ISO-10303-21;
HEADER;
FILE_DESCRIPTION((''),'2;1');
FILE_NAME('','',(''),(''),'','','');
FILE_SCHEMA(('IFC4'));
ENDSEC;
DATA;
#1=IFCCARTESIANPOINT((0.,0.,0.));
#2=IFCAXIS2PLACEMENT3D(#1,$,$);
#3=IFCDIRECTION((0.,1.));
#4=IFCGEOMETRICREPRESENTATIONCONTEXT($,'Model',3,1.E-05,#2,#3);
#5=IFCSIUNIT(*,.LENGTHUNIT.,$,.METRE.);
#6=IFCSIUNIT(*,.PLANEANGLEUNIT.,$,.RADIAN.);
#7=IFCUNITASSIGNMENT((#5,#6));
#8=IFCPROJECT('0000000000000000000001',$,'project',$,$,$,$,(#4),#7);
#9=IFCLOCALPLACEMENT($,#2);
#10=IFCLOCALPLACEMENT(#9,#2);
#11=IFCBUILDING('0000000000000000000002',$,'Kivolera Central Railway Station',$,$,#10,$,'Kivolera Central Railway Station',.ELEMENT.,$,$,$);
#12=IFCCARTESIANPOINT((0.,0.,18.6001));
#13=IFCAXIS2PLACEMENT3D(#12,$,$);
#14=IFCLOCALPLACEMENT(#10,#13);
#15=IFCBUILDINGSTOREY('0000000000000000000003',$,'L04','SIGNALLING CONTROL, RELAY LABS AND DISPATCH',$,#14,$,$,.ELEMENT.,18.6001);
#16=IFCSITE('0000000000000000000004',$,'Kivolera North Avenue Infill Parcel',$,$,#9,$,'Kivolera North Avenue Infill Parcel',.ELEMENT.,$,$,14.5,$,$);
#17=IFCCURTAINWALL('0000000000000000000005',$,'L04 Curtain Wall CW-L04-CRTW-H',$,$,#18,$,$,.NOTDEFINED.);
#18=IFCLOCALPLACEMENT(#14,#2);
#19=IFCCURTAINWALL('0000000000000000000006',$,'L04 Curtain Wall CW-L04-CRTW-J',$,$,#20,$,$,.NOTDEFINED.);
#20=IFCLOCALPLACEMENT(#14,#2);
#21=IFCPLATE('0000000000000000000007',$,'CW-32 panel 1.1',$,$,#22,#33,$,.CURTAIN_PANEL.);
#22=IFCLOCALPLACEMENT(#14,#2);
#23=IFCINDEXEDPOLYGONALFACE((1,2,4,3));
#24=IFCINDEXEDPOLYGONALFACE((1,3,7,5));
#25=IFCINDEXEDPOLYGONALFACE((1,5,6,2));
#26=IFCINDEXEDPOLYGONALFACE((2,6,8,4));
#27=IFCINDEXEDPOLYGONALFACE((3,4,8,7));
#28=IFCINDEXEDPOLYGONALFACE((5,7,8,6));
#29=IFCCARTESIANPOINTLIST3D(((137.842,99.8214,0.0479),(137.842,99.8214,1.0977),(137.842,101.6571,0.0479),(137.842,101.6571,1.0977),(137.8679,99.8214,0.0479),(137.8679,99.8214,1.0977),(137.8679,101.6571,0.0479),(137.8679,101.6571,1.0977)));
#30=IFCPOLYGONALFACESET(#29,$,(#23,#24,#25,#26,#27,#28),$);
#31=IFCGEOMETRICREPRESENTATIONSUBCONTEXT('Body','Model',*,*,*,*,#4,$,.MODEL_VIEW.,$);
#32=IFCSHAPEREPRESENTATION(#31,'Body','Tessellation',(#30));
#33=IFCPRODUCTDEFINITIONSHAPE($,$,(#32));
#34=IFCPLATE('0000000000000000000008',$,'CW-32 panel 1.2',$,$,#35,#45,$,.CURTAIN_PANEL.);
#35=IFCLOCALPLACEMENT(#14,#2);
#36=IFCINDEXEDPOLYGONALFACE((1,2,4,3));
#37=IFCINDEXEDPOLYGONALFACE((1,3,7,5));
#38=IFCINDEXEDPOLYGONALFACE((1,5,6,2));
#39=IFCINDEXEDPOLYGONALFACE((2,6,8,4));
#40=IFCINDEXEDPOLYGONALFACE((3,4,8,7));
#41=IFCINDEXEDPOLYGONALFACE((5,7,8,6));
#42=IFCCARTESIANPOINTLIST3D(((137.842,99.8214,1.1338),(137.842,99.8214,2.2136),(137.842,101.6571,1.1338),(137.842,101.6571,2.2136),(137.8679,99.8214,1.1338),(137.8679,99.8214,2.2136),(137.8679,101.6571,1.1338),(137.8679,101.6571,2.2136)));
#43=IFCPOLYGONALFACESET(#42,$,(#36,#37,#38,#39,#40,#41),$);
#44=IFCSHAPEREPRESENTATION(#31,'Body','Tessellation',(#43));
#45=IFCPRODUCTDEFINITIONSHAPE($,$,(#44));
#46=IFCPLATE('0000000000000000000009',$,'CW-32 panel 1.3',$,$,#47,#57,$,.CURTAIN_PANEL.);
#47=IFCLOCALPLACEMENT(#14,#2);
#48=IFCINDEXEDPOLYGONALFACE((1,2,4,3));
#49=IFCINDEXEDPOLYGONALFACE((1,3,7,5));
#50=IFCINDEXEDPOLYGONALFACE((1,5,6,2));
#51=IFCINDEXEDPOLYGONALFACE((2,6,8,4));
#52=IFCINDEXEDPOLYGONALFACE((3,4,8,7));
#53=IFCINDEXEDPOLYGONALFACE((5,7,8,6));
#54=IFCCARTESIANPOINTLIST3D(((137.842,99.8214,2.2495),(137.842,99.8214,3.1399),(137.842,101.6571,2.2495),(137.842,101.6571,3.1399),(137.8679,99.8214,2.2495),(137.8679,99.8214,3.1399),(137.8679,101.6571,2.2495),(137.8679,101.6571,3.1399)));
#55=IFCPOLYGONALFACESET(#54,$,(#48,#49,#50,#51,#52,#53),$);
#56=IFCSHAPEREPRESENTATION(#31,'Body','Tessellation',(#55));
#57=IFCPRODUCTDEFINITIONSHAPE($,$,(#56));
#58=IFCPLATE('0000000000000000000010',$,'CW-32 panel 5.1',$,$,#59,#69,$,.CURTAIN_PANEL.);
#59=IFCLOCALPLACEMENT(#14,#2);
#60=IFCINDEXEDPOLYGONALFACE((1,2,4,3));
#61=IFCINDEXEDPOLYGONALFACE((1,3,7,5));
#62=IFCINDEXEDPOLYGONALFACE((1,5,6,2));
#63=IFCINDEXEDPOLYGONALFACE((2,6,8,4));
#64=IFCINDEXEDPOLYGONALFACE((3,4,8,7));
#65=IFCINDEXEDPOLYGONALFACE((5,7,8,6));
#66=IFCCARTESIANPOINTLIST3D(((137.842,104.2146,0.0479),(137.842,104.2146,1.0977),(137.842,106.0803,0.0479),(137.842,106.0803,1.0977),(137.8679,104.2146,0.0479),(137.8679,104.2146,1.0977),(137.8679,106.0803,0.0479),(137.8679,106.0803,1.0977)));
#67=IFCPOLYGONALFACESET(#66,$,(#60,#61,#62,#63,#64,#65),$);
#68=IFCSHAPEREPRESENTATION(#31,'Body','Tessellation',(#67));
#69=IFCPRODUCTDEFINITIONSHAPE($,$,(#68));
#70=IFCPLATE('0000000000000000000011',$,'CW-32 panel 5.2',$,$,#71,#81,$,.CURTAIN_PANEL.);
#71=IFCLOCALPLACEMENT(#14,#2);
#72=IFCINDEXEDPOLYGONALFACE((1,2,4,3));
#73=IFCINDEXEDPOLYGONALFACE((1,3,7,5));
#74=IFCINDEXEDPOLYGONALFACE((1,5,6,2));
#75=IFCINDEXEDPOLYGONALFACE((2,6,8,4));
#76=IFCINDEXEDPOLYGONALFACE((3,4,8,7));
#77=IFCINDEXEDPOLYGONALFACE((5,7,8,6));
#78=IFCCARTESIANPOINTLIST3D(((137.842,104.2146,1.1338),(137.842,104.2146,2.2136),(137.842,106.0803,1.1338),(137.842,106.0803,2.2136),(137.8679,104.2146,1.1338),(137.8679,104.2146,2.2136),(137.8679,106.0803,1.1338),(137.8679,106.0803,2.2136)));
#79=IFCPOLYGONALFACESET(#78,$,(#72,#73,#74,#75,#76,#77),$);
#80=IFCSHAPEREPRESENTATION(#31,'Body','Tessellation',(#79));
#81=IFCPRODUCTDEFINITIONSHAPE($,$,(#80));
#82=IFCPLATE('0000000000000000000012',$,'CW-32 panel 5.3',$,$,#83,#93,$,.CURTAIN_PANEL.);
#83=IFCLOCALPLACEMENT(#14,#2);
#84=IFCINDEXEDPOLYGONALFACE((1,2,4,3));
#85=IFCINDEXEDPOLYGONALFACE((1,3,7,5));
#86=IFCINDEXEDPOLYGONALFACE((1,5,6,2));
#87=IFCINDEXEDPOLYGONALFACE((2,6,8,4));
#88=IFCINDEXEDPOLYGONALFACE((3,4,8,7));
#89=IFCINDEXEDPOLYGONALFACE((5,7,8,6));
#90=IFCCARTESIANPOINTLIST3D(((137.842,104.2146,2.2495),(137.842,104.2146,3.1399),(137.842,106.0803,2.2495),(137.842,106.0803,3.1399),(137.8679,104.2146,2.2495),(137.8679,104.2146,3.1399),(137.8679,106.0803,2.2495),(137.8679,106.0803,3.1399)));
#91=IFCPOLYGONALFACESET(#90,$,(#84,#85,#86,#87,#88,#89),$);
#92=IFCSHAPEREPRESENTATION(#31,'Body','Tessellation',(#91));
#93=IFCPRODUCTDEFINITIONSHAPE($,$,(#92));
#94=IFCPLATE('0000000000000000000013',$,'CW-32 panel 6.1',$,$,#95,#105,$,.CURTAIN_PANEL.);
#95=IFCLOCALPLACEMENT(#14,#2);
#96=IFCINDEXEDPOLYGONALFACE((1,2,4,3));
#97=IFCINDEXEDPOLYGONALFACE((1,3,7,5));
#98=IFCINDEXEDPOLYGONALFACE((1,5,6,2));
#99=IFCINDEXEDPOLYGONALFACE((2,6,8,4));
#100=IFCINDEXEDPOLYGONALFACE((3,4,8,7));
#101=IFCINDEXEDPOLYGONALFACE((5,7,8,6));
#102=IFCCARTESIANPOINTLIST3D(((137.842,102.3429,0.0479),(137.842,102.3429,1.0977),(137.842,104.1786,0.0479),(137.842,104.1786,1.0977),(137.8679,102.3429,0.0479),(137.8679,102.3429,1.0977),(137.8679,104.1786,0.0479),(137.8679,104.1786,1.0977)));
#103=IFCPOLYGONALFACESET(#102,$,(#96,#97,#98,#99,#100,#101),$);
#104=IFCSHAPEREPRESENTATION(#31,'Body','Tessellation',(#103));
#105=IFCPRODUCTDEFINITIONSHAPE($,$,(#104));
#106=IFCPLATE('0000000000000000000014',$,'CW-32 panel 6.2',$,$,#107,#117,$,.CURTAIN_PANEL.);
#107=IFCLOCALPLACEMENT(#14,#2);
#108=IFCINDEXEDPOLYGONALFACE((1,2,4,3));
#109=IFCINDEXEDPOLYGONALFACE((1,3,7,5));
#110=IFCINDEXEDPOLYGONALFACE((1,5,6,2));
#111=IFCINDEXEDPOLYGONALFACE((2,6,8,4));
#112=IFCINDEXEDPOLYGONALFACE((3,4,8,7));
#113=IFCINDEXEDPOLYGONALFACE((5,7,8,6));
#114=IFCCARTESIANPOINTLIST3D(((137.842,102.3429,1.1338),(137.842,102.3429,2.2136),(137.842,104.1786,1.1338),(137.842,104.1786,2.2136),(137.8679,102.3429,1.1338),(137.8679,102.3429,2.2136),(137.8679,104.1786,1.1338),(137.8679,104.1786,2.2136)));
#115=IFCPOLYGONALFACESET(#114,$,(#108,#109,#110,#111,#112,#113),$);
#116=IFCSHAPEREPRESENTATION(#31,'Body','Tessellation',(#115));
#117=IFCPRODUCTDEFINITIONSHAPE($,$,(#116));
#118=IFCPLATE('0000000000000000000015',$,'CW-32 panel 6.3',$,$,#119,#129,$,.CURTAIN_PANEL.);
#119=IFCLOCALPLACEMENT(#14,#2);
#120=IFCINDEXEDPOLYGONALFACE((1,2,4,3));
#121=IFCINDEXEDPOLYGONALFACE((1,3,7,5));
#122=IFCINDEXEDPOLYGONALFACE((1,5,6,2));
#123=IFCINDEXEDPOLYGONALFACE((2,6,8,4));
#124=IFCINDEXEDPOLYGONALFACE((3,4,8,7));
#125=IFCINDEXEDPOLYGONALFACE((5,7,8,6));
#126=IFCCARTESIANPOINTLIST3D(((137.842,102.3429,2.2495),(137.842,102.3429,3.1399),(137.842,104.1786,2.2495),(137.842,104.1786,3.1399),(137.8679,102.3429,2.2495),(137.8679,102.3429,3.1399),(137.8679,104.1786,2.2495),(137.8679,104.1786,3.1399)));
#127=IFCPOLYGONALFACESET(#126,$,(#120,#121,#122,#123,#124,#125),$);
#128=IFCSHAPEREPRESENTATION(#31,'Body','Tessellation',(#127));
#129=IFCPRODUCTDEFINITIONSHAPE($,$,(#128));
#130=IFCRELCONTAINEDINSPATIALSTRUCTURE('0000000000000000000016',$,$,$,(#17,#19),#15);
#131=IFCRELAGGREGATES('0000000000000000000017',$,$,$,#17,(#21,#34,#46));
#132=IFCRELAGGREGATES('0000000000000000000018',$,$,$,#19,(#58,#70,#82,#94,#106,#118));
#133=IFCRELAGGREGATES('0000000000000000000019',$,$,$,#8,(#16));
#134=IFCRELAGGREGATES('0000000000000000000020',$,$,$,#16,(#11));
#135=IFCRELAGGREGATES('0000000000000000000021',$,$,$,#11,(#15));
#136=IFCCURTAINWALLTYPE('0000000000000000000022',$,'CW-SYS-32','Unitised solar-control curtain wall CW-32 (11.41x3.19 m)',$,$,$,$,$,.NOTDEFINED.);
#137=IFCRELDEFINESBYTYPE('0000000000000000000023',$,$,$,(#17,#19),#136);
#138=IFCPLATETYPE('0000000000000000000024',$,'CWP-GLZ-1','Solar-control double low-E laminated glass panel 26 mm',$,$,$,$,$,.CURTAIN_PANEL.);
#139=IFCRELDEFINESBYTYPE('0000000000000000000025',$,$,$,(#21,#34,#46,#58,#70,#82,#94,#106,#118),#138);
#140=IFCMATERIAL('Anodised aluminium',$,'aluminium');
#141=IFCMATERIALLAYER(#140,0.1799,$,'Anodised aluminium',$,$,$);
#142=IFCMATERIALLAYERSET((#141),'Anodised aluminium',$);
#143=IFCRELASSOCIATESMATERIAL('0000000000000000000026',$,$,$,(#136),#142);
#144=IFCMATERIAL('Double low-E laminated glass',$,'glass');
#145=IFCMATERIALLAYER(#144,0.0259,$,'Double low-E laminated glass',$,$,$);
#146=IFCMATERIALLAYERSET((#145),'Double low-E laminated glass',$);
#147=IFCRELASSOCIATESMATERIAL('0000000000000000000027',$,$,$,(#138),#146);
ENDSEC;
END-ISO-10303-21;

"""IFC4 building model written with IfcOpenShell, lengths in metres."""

from ifc_helpers import new_model, si_unit, direction, frame, origin, origin_2d, place, context, subcontext, project, spatial, rectangle, extrude, material, layer, layer_set, type_object, element, aggregate, save


model = new_model("IFC4")

# Units and contexts
model_context = context("Model", 3, precision=1e-05, world=origin(), true_north=direction((0.0, 1.0)))
body_context = subcontext(model_context, "Body", "Model", "MODEL_VIEW")
ifc_project = project(units=[si_unit("LENGTHUNIT", "METRE"), si_unit("PLANEANGLEUNIT", "RADIAN")], contexts=[model_context])

# Site, building, storey
site_placement = place(None, origin())
site = spatial("IfcSite", under=ifc_project, at=site_placement, Name="Kivolera North Avenue Infill Parcel", LongName="Kivolera North Avenue Infill Parcel", CompositionType="ELEMENT", RefElevation=14.5)
building_placement = place(site_placement, origin())
building = spatial("IfcBuilding", under=site, at=building_placement, Name="Kivolera Central Railway Station", LongName="Kivolera Central Railway Station", CompositionType="ELEMENT")
storey_placement = place(building_placement, frame((0.0, 0.0, 18.6001)))
storey = spatial("IfcBuildingStorey", under=building, at=storey_placement, Name="L04", Description="SIGNALLING CONTROL, RELAY LABS AND DISPATCH", CompositionType="ELEMENT", Elevation=18.6001)

# Curtain walls
ifc_material_1 = material(Name="Anodised aluminium", Category="aluminium")
ifc_layer_1 = layer(ifc_material_1, 0.1799, Name="Anodised aluminium")
ifc_layer_set_1 = layer_set([ifc_layer_1], Name="Anodised aluminium")
curtain_wall_type = type_object("IfcCurtainWallType", Name="CW-SYS-32", Description="Unitised solar-control curtain wall CW-32 (11.41x3.19 m)", PredefinedType="NOTDEFINED", material=ifc_layer_set_1)
curtain_wall_1_placement = place(storey_placement, origin())
curtain_wall_1 = element("IfcCurtainWall", 1, at=curtain_wall_1_placement, inside=storey, type_object=curtain_wall_type, Name="L04 Curtain Wall CW-L04-CRTW-H", PredefinedType="NOTDEFINED")
curtain_wall_2_placement = place(storey_placement, origin())
curtain_wall_2 = element("IfcCurtainWall", 2, at=curtain_wall_2_placement, inside=storey, type_object=curtain_wall_type, Name="L04 Curtain Wall CW-L04-CRTW-J", PredefinedType="NOTDEFINED")

# Plates
ifc_material_2 = material(Name="Double low-E laminated glass", Category="glass")
ifc_layer_2 = layer(ifc_material_2, 0.0259, Name="Double low-E laminated glass")
ifc_layer_set_2 = layer_set([ifc_layer_2], Name="Double low-E laminated glass")
plate_type = type_object("IfcPlateType", Name="CWP-GLZ-1", Description="Solar-control double low-E laminated glass panel 26 mm", PredefinedType="CURTAIN_PANEL", material=ifc_layer_set_2)
plate_1_placement = place(storey_placement, frame((137.855, 100.7393, 0.0479), z_axis=(0.0, 0.0, 1.0), x_axis=(0.0, -1.0, 0.0)))
plate_1 = element("IfcPlate", 3, at=plate_1_placement, type_object=plate_type, Name="CW-32 panel 1.1", PredefinedType="CURTAIN_PANEL", context=body_context, shape_type="SweptSolid", body=[
    extrude(rectangle(XDim=1.8357, YDim=0.0259, at=origin_2d()), origin(), (0.0, 0.0, 1.0), 1.0498),
])
plate_2_placement = place(storey_placement, frame((137.855, 100.7393, 1.1338), z_axis=(0.0, 0.0, 1.0), x_axis=(0.0, -1.0, 0.0)))
plate_2 = element("IfcPlate", 4, at=plate_2_placement, type_object=plate_type, Name="CW-32 panel 1.2", PredefinedType="CURTAIN_PANEL", context=body_context, shape_type="SweptSolid", body=[
    extrude(rectangle(XDim=1.8357, YDim=0.0259, at=origin_2d()), origin(), (0.0, 0.0, 1.0), 1.0798),
])
plate_3_placement = place(storey_placement, frame((137.855, 100.7393, 2.2495), z_axis=(0.0, 0.0, 1.0), x_axis=(0.0, -1.0, 0.0)))
plate_3 = element("IfcPlate", 5, at=plate_3_placement, type_object=plate_type, Name="CW-32 panel 1.3", PredefinedType="CURTAIN_PANEL", context=body_context, shape_type="SweptSolid", body=[
    extrude(rectangle(XDim=1.8357, YDim=0.0259, at=origin_2d()), origin(), (0.0, 0.0, 1.0), 0.8904),
])
aggregate(curtain_wall_1, [plate_1, plate_2, plate_3])
plate_4_placement = place(storey_placement, frame((137.855, 105.1475, 0.0479), z_axis=(0.0, 0.0, 1.0), x_axis=(0.0, -1.0, 0.0)))
plate_4 = element("IfcPlate", 6, at=plate_4_placement, type_object=plate_type, Name="CW-32 panel 5.1", PredefinedType="CURTAIN_PANEL", context=body_context, shape_type="SweptSolid", body=[
    extrude(rectangle(XDim=1.8657, YDim=0.0259, at=origin_2d()), origin(), (0.0, 0.0, 1.0), 1.0498),
])
plate_5_placement = place(storey_placement, frame((137.855, 105.1475, 1.1338), z_axis=(0.0, 0.0, 1.0), x_axis=(0.0, -1.0, 0.0)))
plate_5 = element("IfcPlate", 7, at=plate_5_placement, type_object=plate_type, Name="CW-32 panel 5.2", PredefinedType="CURTAIN_PANEL", context=body_context, shape_type="SweptSolid", body=[
    extrude(rectangle(XDim=1.8657, YDim=0.0259, at=origin_2d()), origin(), (0.0, 0.0, 1.0), 1.0798),
])
plate_6_placement = place(storey_placement, frame((137.855, 105.1475, 2.2495), z_axis=(0.0, 0.0, 1.0), x_axis=(0.0, -1.0, 0.0)))
plate_6 = element("IfcPlate", 8, at=plate_6_placement, type_object=plate_type, Name="CW-32 panel 5.3", PredefinedType="CURTAIN_PANEL", context=body_context, shape_type="SweptSolid", body=[
    extrude(rectangle(XDim=1.8657, YDim=0.0259, at=origin_2d()), origin(), (0.0, 0.0, 1.0), 0.8904),
])
plate_7_placement = place(storey_placement, frame((137.855, 103.2607, 0.0479), z_axis=(0.0, 0.0, 1.0), x_axis=(0.0, -1.0, 0.0)))
plate_7 = element("IfcPlate", 9, at=plate_7_placement, type_object=plate_type, Name="CW-32 panel 6.1", PredefinedType="CURTAIN_PANEL", context=body_context, shape_type="SweptSolid", body=[
    extrude(rectangle(XDim=1.8357, YDim=0.0259, at=origin_2d()), origin(), (0.0, 0.0, 1.0), 1.0498),
])
plate_8_placement = place(storey_placement, frame((137.855, 103.2607, 1.1338), z_axis=(0.0, 0.0, 1.0), x_axis=(0.0, -1.0, 0.0)))
plate_8 = element("IfcPlate", 10, at=plate_8_placement, type_object=plate_type, Name="CW-32 panel 6.2", PredefinedType="CURTAIN_PANEL", context=body_context, shape_type="SweptSolid", body=[
    extrude(rectangle(XDim=1.8357, YDim=0.0259, at=origin_2d()), origin(), (0.0, 0.0, 1.0), 1.0798),
])
plate_9_placement = place(storey_placement, frame((137.855, 103.2607, 2.2495), z_axis=(0.0, 0.0, 1.0), x_axis=(0.0, -1.0, 0.0)))
plate_9 = element("IfcPlate", 11, at=plate_9_placement, type_object=plate_type, Name="CW-32 panel 6.3", PredefinedType="CURTAIN_PANEL", context=body_context, shape_type="SweptSolid", body=[
    extrude(rectangle(XDim=1.8357, YDim=0.0259, at=origin_2d()), origin(), (0.0, 0.0, 1.0), 0.8904),
])
aggregate(curtain_wall_2, [plate_4, plate_5, plate_6, plate_7, plate_8, plate_9])

save(model, "model.ifc")
